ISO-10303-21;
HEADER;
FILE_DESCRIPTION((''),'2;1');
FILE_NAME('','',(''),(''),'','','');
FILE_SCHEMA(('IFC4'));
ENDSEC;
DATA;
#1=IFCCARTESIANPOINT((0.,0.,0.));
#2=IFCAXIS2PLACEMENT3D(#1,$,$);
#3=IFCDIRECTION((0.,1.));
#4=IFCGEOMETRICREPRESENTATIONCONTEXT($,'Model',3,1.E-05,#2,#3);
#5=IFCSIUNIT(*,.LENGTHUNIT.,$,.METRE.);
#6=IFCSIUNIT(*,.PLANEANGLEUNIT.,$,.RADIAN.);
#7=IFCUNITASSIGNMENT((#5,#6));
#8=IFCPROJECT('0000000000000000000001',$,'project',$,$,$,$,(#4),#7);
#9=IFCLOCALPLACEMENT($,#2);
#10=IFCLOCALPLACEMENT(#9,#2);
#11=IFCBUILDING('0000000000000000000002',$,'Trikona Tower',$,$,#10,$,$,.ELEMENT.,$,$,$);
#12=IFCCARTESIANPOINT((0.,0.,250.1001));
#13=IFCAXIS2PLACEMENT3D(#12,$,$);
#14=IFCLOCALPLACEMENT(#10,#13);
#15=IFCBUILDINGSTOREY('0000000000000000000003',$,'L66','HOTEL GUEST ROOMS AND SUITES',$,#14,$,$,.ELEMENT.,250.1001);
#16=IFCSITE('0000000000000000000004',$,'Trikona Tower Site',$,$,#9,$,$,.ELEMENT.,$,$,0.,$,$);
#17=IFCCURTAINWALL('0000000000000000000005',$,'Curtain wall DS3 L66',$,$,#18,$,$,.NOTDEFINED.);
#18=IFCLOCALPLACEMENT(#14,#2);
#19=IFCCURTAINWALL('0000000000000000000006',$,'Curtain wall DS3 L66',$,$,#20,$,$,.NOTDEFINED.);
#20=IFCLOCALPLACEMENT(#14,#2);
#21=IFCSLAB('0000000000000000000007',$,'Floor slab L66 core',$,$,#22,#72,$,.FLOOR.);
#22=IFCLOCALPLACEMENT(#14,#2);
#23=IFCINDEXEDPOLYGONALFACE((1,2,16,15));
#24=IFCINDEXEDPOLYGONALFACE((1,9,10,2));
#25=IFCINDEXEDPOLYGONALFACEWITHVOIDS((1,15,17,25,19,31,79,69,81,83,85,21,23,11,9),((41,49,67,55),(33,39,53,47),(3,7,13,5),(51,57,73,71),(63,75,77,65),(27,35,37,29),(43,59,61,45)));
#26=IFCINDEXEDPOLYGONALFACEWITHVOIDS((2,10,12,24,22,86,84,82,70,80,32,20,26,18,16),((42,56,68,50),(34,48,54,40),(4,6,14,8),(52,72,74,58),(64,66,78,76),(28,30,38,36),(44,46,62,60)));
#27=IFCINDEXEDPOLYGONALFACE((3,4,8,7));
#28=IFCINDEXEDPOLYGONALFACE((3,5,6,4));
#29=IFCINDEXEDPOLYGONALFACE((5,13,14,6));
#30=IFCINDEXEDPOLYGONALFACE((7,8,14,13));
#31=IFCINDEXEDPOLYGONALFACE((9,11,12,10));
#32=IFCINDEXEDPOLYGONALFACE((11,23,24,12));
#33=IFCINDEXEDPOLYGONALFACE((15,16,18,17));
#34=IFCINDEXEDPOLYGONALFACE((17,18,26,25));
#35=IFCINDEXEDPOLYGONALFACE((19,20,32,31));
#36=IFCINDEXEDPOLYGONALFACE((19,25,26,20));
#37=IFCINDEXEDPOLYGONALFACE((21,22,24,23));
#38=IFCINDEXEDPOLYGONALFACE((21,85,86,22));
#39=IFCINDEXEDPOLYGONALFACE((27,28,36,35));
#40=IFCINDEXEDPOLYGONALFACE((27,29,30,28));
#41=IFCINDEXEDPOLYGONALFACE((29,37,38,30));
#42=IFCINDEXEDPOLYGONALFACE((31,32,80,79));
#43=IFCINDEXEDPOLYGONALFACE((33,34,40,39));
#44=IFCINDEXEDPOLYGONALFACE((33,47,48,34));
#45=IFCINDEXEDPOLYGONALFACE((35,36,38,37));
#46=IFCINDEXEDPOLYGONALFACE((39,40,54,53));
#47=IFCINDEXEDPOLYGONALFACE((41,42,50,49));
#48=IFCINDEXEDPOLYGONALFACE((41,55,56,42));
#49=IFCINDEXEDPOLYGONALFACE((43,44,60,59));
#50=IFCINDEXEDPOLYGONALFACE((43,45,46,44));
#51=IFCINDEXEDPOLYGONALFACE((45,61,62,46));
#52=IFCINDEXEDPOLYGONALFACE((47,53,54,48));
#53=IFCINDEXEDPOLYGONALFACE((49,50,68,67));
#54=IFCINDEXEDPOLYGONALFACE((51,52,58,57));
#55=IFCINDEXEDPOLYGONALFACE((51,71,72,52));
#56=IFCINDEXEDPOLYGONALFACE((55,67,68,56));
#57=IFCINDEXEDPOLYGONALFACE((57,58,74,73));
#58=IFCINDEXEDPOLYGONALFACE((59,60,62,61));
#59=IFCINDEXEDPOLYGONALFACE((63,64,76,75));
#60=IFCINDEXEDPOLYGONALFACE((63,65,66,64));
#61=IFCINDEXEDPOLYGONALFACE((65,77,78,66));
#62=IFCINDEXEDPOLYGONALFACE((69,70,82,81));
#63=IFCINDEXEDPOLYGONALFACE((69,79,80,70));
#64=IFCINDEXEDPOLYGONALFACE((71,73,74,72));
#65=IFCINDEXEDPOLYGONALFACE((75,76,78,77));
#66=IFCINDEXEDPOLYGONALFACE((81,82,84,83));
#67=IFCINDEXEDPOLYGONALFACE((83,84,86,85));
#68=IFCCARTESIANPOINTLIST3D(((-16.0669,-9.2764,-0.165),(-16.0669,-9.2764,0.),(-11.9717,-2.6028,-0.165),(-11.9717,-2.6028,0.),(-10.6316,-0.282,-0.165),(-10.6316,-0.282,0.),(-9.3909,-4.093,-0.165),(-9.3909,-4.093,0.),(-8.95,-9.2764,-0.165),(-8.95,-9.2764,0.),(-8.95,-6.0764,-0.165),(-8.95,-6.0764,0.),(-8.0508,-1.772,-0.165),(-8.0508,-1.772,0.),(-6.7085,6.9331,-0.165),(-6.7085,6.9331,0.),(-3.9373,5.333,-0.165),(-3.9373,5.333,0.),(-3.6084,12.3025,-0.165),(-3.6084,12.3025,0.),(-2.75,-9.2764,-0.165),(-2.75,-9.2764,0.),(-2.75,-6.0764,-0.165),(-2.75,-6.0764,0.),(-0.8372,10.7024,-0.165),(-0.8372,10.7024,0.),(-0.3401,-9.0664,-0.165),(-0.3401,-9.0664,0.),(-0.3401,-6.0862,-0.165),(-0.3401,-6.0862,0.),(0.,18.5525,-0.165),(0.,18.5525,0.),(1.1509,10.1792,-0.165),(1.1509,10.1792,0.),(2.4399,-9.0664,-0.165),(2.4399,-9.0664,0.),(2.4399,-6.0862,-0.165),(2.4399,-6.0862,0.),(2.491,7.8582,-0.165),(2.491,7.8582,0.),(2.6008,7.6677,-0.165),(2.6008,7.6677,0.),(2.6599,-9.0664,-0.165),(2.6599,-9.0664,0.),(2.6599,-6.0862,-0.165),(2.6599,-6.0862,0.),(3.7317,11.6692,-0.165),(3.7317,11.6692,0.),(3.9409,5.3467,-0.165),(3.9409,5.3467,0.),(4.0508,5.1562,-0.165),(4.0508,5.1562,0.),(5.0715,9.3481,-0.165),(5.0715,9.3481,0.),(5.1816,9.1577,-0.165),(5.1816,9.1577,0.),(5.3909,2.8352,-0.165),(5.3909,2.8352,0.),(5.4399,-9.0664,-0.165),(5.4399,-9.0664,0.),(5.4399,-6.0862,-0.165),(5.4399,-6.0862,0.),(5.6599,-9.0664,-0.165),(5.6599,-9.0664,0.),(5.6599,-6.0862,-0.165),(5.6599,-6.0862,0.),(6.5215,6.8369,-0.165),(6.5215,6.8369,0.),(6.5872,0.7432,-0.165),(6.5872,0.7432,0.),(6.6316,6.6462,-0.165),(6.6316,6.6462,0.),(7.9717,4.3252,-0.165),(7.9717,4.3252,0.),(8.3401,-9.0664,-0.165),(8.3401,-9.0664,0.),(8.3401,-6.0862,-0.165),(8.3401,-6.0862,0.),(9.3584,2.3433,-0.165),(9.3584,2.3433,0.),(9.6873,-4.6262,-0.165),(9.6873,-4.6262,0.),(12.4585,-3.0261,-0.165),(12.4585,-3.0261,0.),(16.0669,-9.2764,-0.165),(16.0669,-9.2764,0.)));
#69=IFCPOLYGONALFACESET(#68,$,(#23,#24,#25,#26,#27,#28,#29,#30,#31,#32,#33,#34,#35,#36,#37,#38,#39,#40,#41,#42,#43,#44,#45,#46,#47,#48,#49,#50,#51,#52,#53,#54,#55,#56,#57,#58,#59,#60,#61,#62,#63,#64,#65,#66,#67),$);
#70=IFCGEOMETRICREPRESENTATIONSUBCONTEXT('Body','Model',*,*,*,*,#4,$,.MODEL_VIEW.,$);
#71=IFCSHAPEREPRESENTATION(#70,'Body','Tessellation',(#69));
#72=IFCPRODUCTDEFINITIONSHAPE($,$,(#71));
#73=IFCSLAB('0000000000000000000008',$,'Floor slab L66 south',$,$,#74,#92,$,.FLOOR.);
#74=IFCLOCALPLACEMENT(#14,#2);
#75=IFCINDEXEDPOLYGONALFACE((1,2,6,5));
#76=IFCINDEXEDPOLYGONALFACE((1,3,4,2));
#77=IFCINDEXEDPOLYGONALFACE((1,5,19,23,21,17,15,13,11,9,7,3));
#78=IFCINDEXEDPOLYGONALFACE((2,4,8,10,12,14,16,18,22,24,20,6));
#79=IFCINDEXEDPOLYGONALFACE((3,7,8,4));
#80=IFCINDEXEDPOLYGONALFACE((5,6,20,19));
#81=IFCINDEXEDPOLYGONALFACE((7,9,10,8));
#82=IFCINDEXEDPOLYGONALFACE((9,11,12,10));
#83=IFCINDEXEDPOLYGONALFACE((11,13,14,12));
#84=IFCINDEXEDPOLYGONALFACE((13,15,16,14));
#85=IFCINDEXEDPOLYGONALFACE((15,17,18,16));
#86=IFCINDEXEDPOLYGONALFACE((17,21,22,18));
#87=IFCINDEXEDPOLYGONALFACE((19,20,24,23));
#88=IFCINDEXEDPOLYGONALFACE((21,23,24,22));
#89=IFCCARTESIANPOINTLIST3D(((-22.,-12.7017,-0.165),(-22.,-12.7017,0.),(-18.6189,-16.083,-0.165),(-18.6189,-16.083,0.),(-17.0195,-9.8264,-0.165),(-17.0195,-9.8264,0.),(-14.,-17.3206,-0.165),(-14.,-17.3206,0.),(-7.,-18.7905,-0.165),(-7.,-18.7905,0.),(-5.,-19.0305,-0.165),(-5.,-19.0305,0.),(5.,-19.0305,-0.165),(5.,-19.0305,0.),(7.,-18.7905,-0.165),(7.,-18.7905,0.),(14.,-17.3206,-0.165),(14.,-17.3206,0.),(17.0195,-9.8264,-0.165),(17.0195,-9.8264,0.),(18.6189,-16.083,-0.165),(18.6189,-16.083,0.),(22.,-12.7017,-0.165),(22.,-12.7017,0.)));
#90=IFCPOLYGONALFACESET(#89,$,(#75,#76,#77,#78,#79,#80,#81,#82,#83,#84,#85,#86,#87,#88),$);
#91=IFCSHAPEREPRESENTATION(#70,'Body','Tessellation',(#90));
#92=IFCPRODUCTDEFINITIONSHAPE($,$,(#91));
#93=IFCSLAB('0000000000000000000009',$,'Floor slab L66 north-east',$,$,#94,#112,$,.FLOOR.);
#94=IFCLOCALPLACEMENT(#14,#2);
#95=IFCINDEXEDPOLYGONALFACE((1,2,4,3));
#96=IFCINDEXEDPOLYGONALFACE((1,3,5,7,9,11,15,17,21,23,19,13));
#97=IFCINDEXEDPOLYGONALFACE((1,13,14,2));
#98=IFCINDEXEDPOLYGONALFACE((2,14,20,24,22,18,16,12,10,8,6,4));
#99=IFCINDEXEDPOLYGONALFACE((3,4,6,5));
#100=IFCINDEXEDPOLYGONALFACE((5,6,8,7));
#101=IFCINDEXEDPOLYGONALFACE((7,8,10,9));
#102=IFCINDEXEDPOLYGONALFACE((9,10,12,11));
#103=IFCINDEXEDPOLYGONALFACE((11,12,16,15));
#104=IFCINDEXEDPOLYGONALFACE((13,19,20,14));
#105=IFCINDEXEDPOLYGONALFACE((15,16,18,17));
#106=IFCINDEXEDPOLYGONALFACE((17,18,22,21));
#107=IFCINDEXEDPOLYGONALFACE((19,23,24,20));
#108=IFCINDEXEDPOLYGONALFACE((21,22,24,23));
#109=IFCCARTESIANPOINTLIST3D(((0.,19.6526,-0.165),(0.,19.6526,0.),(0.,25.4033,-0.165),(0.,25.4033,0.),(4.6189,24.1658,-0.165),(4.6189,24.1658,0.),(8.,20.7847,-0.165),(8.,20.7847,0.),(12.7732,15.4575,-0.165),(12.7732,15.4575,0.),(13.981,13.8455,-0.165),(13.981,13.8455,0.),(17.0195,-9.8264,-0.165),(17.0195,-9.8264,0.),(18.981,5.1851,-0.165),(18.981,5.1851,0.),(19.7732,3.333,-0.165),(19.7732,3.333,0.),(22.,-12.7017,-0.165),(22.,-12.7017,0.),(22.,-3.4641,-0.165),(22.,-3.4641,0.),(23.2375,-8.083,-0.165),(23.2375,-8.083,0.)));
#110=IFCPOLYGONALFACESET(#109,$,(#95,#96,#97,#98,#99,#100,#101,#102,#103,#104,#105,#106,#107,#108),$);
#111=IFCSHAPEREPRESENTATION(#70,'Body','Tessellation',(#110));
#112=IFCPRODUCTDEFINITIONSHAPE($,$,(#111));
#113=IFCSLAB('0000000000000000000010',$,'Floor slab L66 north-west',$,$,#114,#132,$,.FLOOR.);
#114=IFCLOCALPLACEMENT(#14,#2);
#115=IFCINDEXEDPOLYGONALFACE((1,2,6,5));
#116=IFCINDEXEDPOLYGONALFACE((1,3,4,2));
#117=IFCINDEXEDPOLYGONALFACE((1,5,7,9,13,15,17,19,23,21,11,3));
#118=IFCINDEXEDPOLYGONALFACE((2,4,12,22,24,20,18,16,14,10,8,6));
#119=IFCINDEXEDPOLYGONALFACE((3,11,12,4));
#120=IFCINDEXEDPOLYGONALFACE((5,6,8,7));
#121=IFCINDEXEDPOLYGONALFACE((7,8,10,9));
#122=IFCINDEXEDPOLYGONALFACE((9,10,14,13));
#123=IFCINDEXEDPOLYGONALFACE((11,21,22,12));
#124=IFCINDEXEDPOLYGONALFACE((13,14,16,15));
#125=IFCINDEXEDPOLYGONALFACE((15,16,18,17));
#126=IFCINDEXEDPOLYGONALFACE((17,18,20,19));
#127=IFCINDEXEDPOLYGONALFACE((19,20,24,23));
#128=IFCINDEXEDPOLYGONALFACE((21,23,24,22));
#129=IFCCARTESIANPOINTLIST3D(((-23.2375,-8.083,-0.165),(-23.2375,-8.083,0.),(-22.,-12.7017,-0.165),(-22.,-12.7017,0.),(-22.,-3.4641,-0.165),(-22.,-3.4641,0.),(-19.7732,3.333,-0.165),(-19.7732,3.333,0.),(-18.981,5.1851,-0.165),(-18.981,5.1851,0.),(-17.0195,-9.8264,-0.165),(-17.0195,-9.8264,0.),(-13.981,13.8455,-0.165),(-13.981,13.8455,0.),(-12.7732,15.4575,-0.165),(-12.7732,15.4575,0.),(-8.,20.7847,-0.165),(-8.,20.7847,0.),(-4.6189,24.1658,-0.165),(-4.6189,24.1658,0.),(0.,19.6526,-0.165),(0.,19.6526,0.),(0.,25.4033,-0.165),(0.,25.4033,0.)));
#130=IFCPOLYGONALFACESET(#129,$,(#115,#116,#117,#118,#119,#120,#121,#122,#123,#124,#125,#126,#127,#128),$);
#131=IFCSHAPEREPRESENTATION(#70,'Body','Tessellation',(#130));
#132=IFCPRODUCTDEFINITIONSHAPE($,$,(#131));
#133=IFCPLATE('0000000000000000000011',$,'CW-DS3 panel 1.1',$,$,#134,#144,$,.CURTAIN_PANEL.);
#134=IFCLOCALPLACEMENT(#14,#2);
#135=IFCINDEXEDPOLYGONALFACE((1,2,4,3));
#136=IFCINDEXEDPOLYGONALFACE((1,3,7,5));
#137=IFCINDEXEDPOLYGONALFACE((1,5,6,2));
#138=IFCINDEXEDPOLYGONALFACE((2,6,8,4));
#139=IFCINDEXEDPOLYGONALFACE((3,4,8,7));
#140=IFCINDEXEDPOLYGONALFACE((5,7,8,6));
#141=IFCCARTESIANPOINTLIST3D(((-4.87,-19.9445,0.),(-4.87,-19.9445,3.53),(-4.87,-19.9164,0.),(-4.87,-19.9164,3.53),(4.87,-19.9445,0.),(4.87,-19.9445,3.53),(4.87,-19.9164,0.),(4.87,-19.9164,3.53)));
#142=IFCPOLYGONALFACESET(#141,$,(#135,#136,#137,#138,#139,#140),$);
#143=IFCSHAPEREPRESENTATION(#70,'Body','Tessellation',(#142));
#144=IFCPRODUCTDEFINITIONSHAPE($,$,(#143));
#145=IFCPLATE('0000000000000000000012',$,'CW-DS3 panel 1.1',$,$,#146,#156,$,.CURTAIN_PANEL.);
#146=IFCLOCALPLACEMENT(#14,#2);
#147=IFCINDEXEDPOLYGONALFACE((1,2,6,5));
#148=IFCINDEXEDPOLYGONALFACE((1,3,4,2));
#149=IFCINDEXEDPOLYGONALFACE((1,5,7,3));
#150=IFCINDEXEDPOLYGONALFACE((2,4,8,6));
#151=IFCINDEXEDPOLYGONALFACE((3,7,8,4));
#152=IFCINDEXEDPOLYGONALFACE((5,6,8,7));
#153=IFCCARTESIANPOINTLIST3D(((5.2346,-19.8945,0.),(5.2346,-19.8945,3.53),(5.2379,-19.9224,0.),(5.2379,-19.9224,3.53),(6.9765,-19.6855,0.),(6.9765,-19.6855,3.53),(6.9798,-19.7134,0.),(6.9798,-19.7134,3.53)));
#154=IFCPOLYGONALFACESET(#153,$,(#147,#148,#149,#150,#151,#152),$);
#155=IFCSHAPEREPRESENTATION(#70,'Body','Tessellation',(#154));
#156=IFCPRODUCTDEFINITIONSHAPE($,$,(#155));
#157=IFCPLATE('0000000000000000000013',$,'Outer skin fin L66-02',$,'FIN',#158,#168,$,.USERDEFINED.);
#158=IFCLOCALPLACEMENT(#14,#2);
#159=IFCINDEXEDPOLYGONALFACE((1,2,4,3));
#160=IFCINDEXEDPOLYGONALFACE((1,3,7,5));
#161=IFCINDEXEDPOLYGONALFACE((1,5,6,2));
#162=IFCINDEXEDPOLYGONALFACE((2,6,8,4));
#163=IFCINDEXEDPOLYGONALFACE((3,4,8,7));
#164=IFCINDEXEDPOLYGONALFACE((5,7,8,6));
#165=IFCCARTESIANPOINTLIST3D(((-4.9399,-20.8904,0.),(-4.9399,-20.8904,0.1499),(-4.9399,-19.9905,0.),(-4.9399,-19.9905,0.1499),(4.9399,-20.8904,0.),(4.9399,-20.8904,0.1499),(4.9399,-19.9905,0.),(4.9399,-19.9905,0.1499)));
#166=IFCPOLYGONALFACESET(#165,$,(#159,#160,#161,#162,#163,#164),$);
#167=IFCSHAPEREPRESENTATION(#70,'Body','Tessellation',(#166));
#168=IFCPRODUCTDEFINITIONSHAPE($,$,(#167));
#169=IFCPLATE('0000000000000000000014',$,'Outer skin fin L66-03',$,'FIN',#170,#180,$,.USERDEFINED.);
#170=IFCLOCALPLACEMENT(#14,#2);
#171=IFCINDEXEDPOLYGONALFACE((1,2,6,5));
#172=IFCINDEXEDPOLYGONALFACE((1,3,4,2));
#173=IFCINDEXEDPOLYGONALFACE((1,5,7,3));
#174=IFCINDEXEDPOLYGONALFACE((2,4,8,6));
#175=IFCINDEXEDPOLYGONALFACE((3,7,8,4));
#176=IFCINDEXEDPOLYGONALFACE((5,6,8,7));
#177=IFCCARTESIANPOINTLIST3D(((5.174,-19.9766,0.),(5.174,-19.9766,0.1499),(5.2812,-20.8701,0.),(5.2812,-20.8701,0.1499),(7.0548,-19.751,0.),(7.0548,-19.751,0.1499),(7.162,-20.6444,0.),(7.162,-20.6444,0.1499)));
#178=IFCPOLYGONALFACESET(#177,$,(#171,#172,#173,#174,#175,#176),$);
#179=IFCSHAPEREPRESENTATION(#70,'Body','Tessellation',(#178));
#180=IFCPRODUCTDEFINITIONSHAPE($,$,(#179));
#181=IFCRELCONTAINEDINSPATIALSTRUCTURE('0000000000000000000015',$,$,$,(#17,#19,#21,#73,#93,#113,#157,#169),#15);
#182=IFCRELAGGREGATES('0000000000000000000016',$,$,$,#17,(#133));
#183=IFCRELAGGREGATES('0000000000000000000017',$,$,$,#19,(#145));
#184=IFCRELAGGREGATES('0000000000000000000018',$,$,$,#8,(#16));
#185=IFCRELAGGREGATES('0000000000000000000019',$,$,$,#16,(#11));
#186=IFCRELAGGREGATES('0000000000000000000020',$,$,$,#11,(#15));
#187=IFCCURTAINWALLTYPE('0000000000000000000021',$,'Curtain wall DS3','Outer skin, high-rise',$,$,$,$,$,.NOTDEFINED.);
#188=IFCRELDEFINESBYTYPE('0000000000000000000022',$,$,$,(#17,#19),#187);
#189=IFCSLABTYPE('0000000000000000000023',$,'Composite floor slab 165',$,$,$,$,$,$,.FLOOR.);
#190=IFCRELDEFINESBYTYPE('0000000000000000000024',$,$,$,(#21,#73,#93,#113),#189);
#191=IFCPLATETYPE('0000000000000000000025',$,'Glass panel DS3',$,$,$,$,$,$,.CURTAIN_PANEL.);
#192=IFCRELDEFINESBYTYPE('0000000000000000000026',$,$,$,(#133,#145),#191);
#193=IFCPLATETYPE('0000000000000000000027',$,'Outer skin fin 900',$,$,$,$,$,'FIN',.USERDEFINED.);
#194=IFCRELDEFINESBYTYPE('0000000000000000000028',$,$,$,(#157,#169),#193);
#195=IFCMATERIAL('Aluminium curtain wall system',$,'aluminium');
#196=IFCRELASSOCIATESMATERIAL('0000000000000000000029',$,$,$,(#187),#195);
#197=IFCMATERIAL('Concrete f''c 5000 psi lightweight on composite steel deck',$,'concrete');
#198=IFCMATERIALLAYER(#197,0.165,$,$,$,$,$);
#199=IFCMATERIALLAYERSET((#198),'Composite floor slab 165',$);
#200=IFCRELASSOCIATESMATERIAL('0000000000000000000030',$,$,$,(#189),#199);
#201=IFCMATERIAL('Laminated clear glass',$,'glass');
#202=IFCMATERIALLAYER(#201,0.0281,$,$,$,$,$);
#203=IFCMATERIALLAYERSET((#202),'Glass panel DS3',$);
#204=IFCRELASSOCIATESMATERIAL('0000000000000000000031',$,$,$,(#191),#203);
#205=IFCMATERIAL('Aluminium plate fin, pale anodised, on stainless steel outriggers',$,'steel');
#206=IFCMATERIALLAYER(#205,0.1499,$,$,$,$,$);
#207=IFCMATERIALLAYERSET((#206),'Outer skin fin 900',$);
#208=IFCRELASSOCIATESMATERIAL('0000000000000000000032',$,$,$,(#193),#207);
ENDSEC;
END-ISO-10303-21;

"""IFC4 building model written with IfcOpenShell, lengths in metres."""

from ifc_helpers import new_model, si_unit, direction, frame, origin, origin_2d, place, context, subcontext, project, spatial, polyline, rectangle, outline, extrude, material, layer, layer_set, type_object, element, aggregate, save


model = new_model("IFC4")

# Units and contexts
model_context = context("Model", 3, precision=1e-05, world=origin(), true_north=direction((0.0, 1.0)))
body_context = subcontext(model_context, "Body", "Model", "MODEL_VIEW")
ifc_project = project(units=[si_unit("LENGTHUNIT", "METRE"), si_unit("PLANEANGLEUNIT", "RADIAN")], contexts=[model_context])

# Site, building, storey
site_placement = place(None, origin())
site = spatial("IfcSite", under=ifc_project, at=site_placement, Name="Trikona Tower Site", CompositionType="ELEMENT", RefElevation=0.0)
building_placement = place(site_placement, origin())
building = spatial("IfcBuilding", under=site, at=building_placement, Name="Trikona Tower", CompositionType="ELEMENT")
storey_placement = place(building_placement, frame((0.0, 0.0, 250.1001)))
storey = spatial("IfcBuildingStorey", under=building, at=storey_placement, Name="L66", Description="HOTEL GUEST ROOMS AND SUITES", CompositionType="ELEMENT", Elevation=250.1001)

# Curtain walls
ifc_material_1 = material(Name="Aluminium curtain wall system", Category="aluminium")
curtain_wall_type = type_object("IfcCurtainWallType", Name="Curtain wall DS3", Description="Outer skin, high-rise", PredefinedType="NOTDEFINED", material=ifc_material_1)
curtain_wall_1_placement = place(storey_placement, origin())
curtain_wall_1 = element("IfcCurtainWall", 1, at=curtain_wall_1_placement, inside=storey, type_object=curtain_wall_type, Name="Curtain wall DS3 L66", PredefinedType="NOTDEFINED")
curtain_wall_2_placement = place(storey_placement, origin())
curtain_wall_2 = element("IfcCurtainWall", 2, at=curtain_wall_2_placement, inside=storey, type_object=curtain_wall_type, Name="Curtain wall DS3 L66", PredefinedType="NOTDEFINED")

# Slabs
ifc_material_2 = material(Name="Concrete f'c 5000 psi lightweight on composite steel deck", Category="concrete")
ifc_layer_1 = layer(ifc_material_2, 0.165)
ifc_layer_set_1 = layer_set([ifc_layer_1], Name="Composite floor slab 165")
slab_type_1 = type_object("IfcSlabType", Name="Composite floor slab 165", PredefinedType="FLOOR", material=ifc_layer_set_1)
slab_1_placement = place(storey_placement, frame((0.0, 0.0, -0.165)))
element("IfcSlab", 3, at=slab_1_placement, inside=storey, type_object=slab_type_1, Name="Floor slab L66 core", PredefinedType="FLOOR", context=body_context, shape_type="SweptSolid", body=[
    extrude(outline(polyline([(-16.0669, -9.2764), (-8.95, -9.2764), (-8.95, -6.0764), (-2.75, -6.0764), (-2.75, -9.2764), (16.0669, -9.2764), (12.4585, -3.0261), (9.6873, -4.6262), (6.5872, 0.7432), (9.3584, 2.3433), (0.0, 18.5525), (-3.6084, 12.3025), (-0.8372, 10.7024), (-3.9373, 5.333), (-6.7085, 6.9331), (-16.0669, -9.2764)]), holes=[polyline([(5.6599, -6.0862), (5.6599, -9.0664), (8.3401, -9.0664), (8.3401, -6.0862), (5.6599, -6.0862)]), polyline([(6.6316, 6.6462), (4.0508, 5.1562), (5.3909, 2.8352), (7.9717, 4.3252), (6.6316, 6.6462)]), polyline([(6.5215, 6.8369), (5.1816, 9.1577), (2.6008, 7.6677), (3.9409, 5.3467), (6.5215, 6.8369)]), polyline([(2.6599, -9.0664), (5.4399, -9.0664), (5.4399, -6.0862), (2.6599, -6.0862), (2.6599, -9.0664)]), polyline([(2.491, 7.8582), (5.0715, 9.3481), (3.7317, 11.6692), (1.1509, 10.1792), (2.491, 7.8582)]), polyline([(2.4399, -9.0664), (2.4399, -6.0862), (-0.3401, -6.0862), (-0.3401, -9.0664), (2.4399, -9.0664)]), polyline([(-11.9717, -2.6028), (-9.3909, -4.093), (-8.0508, -1.772), (-10.6316, -0.282), (-11.9717, -2.6028)])]), origin(), (0.0, 0.0, 1.0), 0.165),
])
slab_2_placement = place(storey_placement, frame((0.0, 0.0, -0.165)))
element("IfcSlab", 4, at=slab_2_placement, inside=storey, type_object=slab_type_1, Name="Floor slab L66 south", PredefinedType="FLOOR", context=body_context, shape_type="SweptSolid", body=[
    extrude(outline(polyline([(18.6189, -16.083), (22.0, -12.7017), (17.0195, -9.8264), (-17.0195, -9.8264), (-22.0, -12.7017), (-18.6189, -16.083), (-14.0, -17.3206), (-7.0, -18.7905), (-5.0, -19.0305), (5.0, -19.0305), (7.0, -18.7905), (14.0, -17.3206), (18.6189, -16.083)])), origin(), (0.0, 0.0, 1.0), 0.165),
])
slab_3_placement = place(storey_placement, frame((0.0, 0.0, -0.165)))
element("IfcSlab", 5, at=slab_3_placement, inside=storey, type_object=slab_type_1, Name="Floor slab L66 north-east", PredefinedType="FLOOR", context=body_context, shape_type="SweptSolid", body=[
    extrude(outline(polyline([(4.6189, 24.1658), (0.0, 25.4033), (0.0, 19.6526), (17.0195, -9.8264), (22.0, -12.7017), (23.2375, -8.083), (22.0, -3.4641), (19.7732, 3.333), (18.981, 5.1851), (13.981, 13.8455), (12.7732, 15.4575), (8.0, 20.7847), (4.6189, 24.1658)])), origin(), (0.0, 0.0, 1.0), 0.165),
])
slab_4_placement = place(storey_placement, frame((0.0, 0.0, -0.165)))
element("IfcSlab", 6, at=slab_4_placement, inside=storey, type_object=slab_type_1, Name="Floor slab L66 north-west", PredefinedType="FLOOR", context=body_context, shape_type="SweptSolid", body=[
    extrude(outline(polyline([(0.0, 19.6526), (0.0, 25.4033), (-4.6189, 24.1658), (-8.0, 20.7847), (-12.7732, 15.4575), (-13.981, 13.8455), (-18.981, 5.1851), (-19.7732, 3.333), (-22.0, -3.4641), (-23.2375, -8.083), (-22.0, -12.7017), (-17.0195, -9.8264), (0.0, 19.6526)])), origin(), (0.0, 0.0, 1.0), 0.165),
])

# Plates
ifc_material_3 = material(Name="Laminated clear glass", Category="glass")
ifc_layer_2 = layer(ifc_material_3, 0.0281)
ifc_layer_set_2 = layer_set([ifc_layer_2], Name="Glass panel DS3")
plate_type_1 = type_object("IfcPlateType", Name="Glass panel DS3", PredefinedType="CURTAIN_PANEL", material=ifc_layer_set_2)
plate_1_placement = place(storey_placement, frame((0.0, -19.9304, 0.0), z_axis=(0.0, 0.0, 1.0), x_axis=(1.0, 0.0, 0.0)))
plate_1 = element("IfcPlate", 7, at=plate_1_placement, type_object=plate_type_1, Name="CW-DS3 panel 1.1", PredefinedType="CURTAIN_PANEL", context=body_context, shape_type="SweptSolid", body=[
    extrude(rectangle(XDim=9.74, YDim=0.0281, at=origin_2d()), origin(), (0.0, 0.0, 1.0), 3.53),
])
aggregate(curtain_wall_1, [plate_1])
plate_2_placement = place(storey_placement, frame((6.1072, -19.804, 0.0), z_axis=(0.0, 0.0, 1.0), x_axis=(0.992877, 0.119141, 0.0)))
plate_2 = element("IfcPlate", 8, at=plate_2_placement, type_object=plate_type_1, Name="CW-DS3 panel 1.1", PredefinedType="CURTAIN_PANEL", context=body_context, shape_type="SweptSolid", body=[
    extrude(rectangle(XDim=1.7544, YDim=0.0281, at=origin_2d()), origin(), (0.0, 0.0, 1.0), 3.53),
])
aggregate(curtain_wall_2, [plate_2])

# Plates
ifc_material_4 = material(Name="Aluminium plate fin, pale anodised, on stainless steel outriggers", Category="steel")
ifc_layer_3 = layer(ifc_material_4, 0.1499)
ifc_layer_set_3 = layer_set([ifc_layer_3], Name="Outer skin fin 900")
plate_type_2 = type_object("IfcPlateType", Name="Outer skin fin 900", ElementType="FIN", PredefinedType="USERDEFINED", material=ifc_layer_set_3)
plate_3_placement = place(storey_placement, frame((0.0, -20.4404, 0.0), z_axis=(0.0, 0.0, 1.0), x_axis=(1.0, 0.0, 0.0)))
element("IfcPlate", 9, at=plate_3_placement, inside=storey, type_object=plate_type_2, Name="Outer skin fin L66-02", ObjectType="FIN", PredefinedType="USERDEFINED", context=body_context, shape_type="SweptSolid", body=[
    extrude(rectangle(XDim=9.8799, YDim=0.8999, at=origin_2d()), origin(), (0.0, 0.0, 1.0), 0.1499),
])
plate_4_placement = place(storey_placement, frame((6.168, -20.3105, 0.0), z_axis=(0.0, 0.0, 1.0), x_axis=(0.992877, 0.119146, 0.0)))
element("IfcPlate", 10, at=plate_4_placement, inside=storey, type_object=plate_type_2, Name="Outer skin fin L66-03", ObjectType="FIN", PredefinedType="USERDEFINED", context=body_context, shape_type="SweptSolid", body=[
    extrude(rectangle(XDim=1.8943, YDim=0.8999, at=origin_2d()), origin(), (0.0, 0.0, 1.0), 0.1499),
])

save(model, "model.ifc")
